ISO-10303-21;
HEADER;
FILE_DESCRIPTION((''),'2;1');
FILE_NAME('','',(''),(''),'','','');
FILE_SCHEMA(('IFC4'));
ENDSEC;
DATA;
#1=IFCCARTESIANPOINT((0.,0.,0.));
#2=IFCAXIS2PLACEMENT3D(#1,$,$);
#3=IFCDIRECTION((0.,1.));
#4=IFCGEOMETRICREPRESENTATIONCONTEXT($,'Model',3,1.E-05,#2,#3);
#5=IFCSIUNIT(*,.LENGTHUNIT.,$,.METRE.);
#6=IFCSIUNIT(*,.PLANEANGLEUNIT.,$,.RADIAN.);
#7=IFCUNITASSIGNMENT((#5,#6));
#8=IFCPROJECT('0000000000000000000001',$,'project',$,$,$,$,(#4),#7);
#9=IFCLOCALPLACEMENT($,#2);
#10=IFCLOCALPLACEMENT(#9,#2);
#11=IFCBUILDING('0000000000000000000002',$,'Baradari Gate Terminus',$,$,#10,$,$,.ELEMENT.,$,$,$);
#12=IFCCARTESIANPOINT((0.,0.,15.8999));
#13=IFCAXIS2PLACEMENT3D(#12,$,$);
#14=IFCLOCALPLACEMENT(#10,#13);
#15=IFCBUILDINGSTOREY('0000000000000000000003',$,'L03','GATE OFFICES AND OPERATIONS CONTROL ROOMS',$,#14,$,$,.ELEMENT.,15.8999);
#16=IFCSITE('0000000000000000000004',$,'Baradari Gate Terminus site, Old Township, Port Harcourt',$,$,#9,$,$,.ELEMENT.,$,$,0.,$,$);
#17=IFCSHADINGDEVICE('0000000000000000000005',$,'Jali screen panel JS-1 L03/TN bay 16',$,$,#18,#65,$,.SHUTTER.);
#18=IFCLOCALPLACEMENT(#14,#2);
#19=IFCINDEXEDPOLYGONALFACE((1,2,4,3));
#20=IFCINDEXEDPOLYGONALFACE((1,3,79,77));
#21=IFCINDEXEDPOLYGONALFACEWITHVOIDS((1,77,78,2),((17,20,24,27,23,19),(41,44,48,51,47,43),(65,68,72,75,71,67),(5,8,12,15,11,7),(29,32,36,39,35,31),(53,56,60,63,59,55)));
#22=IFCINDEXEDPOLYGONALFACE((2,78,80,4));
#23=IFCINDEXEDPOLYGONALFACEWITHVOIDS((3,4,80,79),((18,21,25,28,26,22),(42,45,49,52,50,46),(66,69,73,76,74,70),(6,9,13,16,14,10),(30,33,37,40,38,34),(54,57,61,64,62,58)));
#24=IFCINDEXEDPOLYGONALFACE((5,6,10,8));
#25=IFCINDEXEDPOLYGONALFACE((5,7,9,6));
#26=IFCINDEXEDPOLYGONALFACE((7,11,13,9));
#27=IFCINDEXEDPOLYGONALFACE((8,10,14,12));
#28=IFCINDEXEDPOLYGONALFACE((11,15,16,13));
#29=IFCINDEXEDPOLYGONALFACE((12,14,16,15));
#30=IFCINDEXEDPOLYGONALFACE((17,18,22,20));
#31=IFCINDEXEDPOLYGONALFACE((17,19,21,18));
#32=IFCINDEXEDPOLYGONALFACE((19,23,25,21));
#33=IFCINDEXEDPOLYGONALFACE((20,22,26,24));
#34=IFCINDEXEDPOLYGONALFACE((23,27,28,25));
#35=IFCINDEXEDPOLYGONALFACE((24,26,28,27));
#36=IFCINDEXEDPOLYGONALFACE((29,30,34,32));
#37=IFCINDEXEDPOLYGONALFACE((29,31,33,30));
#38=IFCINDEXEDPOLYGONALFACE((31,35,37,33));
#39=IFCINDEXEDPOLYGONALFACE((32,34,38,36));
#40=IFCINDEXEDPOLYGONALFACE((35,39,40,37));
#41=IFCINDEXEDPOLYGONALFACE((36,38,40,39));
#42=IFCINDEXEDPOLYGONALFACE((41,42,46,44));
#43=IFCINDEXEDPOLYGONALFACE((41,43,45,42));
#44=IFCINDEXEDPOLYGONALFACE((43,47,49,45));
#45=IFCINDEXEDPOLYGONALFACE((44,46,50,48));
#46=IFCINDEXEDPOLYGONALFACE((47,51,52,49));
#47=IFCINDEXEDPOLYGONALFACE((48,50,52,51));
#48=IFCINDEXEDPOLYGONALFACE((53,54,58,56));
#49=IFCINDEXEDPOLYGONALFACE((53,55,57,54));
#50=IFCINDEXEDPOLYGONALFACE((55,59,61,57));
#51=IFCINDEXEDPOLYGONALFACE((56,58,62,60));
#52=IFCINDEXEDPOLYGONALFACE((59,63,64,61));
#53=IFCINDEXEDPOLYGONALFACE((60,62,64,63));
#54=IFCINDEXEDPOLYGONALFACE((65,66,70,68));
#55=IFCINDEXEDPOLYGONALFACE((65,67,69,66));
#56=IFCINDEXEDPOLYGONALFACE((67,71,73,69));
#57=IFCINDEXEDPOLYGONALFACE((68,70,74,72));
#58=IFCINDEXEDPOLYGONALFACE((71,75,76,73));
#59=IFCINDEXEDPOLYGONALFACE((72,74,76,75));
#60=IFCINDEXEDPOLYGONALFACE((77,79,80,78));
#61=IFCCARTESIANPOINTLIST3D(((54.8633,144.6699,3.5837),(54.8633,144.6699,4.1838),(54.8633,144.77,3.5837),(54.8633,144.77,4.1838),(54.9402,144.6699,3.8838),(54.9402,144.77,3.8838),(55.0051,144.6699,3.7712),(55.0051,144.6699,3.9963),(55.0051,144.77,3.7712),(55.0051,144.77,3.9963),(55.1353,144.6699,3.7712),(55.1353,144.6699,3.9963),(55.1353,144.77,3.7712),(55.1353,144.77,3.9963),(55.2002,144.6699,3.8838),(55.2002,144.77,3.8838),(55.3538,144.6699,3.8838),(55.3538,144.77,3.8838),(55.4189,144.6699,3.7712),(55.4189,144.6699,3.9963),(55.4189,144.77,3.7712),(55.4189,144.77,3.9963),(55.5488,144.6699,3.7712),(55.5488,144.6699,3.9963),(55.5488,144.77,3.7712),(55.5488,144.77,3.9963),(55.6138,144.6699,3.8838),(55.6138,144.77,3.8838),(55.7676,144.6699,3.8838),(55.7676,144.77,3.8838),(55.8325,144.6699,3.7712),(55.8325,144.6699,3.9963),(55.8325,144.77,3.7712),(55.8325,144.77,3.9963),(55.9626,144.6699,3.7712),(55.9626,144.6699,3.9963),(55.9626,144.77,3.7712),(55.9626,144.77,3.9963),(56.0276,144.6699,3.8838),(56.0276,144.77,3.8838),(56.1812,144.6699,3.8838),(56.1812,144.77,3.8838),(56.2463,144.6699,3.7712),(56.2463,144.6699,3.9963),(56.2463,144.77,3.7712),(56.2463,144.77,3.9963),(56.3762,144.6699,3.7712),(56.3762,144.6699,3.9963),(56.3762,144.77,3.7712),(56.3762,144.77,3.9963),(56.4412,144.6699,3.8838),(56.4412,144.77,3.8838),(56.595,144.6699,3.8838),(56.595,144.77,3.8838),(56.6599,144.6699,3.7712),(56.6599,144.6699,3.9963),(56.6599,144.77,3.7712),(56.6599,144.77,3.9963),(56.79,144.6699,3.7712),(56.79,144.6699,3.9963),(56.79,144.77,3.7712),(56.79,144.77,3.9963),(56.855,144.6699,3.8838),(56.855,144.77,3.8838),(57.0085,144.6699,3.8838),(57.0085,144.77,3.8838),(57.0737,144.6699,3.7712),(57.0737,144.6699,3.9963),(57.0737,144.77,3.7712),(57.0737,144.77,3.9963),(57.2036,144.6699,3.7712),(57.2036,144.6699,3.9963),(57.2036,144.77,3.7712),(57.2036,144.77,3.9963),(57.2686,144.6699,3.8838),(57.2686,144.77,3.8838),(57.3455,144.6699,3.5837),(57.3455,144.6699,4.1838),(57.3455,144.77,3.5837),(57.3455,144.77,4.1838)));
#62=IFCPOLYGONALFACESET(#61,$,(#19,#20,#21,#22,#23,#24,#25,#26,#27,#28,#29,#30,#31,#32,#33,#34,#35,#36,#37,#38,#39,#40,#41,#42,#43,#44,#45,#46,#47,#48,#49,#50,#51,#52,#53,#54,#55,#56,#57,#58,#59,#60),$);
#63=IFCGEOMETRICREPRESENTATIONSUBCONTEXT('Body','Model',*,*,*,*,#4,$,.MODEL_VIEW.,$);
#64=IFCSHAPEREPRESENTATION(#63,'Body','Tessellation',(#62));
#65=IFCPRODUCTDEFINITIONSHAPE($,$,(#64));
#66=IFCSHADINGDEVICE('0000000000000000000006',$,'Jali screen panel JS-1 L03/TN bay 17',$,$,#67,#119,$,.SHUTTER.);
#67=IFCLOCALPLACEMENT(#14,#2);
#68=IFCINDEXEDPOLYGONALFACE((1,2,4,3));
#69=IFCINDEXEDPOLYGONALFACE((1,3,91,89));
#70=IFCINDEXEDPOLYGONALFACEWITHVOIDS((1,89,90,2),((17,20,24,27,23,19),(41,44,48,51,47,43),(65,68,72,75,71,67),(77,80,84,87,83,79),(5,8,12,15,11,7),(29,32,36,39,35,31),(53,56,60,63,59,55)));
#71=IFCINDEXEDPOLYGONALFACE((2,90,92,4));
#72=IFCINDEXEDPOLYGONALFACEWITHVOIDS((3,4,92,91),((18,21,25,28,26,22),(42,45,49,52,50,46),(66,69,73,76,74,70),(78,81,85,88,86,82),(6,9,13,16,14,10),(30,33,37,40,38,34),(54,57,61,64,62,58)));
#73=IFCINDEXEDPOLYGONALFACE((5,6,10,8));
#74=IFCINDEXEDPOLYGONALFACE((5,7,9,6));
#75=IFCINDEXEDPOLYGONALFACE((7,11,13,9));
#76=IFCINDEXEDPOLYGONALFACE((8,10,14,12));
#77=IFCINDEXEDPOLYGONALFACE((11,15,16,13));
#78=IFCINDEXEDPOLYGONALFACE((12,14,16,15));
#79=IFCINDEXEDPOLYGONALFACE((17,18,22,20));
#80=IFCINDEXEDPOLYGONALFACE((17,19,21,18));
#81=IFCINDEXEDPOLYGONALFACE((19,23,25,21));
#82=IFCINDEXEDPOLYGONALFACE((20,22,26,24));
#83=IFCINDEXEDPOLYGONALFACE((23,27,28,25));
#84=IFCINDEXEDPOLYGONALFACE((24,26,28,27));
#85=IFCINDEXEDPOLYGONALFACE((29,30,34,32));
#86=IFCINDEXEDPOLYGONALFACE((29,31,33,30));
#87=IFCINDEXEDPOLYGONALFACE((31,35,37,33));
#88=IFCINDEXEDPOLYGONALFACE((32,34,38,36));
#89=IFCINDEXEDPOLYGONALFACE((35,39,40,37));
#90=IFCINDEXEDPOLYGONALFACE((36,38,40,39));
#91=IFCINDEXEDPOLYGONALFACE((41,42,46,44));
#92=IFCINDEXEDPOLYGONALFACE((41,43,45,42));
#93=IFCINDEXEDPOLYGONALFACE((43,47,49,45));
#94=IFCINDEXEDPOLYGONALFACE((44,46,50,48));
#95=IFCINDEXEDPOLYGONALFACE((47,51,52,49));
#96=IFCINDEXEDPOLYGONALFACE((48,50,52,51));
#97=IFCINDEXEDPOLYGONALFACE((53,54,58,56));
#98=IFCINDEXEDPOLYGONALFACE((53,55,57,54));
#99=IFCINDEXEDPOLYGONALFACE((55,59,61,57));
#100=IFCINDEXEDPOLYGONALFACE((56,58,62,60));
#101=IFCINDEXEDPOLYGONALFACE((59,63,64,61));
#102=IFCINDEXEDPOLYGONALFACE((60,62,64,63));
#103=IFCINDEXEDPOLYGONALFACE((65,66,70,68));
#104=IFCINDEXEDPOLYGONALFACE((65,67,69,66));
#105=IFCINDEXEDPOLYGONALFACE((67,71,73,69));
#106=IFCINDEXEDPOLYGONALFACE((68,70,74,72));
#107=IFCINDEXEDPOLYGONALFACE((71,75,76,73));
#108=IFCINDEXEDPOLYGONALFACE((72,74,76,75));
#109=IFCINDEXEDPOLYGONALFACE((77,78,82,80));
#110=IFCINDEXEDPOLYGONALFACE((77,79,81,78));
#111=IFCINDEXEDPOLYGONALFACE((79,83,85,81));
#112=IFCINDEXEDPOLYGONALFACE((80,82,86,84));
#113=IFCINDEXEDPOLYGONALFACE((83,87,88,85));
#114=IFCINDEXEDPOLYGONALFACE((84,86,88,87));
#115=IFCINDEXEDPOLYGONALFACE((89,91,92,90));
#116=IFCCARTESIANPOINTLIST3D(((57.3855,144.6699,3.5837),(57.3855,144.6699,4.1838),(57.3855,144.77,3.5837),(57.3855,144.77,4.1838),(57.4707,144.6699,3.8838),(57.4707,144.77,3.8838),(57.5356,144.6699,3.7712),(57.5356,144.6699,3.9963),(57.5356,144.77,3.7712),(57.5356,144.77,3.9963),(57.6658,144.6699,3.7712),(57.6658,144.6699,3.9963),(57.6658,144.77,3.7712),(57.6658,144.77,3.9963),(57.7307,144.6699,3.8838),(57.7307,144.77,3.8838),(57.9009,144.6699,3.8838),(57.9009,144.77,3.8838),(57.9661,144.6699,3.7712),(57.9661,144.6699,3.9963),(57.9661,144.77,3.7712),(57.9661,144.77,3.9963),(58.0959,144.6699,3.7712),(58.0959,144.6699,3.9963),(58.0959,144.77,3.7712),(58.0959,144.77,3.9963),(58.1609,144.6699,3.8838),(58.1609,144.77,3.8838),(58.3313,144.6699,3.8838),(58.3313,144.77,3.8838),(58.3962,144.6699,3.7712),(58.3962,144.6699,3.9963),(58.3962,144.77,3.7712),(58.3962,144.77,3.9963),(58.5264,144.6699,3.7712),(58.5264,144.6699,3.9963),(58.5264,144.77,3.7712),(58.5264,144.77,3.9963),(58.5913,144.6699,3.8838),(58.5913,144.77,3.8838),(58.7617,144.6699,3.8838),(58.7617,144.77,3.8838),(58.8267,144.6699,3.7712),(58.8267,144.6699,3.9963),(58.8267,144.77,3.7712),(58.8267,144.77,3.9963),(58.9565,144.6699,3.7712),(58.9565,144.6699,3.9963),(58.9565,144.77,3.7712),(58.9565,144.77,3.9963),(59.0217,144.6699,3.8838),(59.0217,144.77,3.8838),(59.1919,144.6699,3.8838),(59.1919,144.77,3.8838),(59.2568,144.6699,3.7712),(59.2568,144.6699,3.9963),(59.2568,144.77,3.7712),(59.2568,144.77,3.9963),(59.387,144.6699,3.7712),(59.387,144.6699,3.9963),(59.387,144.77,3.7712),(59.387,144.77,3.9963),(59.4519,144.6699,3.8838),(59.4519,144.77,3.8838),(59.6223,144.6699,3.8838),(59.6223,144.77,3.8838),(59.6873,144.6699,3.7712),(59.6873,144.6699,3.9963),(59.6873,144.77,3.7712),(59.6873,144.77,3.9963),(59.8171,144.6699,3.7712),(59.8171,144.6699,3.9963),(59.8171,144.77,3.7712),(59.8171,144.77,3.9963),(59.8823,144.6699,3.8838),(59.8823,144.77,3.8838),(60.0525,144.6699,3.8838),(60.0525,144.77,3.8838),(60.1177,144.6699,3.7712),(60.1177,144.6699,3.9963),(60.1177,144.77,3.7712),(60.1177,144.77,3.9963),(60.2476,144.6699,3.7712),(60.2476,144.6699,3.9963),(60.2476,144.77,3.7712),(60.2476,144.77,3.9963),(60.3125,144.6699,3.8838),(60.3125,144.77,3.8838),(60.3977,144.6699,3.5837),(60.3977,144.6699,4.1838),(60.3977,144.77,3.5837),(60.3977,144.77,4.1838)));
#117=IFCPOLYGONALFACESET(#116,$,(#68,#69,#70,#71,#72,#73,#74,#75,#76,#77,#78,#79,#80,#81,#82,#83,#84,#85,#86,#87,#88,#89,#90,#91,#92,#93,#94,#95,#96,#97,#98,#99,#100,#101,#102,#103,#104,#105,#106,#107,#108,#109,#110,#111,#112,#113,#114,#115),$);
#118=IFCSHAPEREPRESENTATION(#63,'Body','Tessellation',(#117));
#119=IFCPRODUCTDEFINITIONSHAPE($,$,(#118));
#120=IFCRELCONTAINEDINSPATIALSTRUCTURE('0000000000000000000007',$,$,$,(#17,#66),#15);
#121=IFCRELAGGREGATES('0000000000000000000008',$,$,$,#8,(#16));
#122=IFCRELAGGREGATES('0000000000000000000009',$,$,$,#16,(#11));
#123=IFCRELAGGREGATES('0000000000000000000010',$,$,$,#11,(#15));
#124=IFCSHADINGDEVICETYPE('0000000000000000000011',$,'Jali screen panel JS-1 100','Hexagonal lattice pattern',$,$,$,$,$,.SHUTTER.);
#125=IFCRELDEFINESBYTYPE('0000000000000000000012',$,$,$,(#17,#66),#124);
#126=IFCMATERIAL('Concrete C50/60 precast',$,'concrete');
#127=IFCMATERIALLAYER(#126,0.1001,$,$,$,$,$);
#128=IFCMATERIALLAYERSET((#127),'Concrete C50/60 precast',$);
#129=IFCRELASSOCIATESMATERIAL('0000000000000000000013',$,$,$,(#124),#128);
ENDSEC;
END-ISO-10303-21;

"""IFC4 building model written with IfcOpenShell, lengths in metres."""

from ifc_helpers import new_model, si_unit, direction, frame, origin, place, context, subcontext, project, spatial, polyline, outline, extrude, material, layer, layer_set, type_object, element, save


model = new_model("IFC4")

# Units and contexts
model_context = context("Model", 3, precision=1e-05, world=origin(), true_north=direction((0.0, 1.0)))
body_context = subcontext(model_context, "Body", "Model", "MODEL_VIEW")
ifc_project = project(units=[si_unit("LENGTHUNIT", "METRE"), si_unit("PLANEANGLEUNIT", "RADIAN")], contexts=[model_context])

# Site, building, storey
site_placement = place(None, origin())
site = spatial("IfcSite", under=ifc_project, at=site_placement, Name="Baradari Gate Terminus site, Old Township, Port Harcourt", CompositionType="ELEMENT", RefElevation=0.0)
building_placement = place(site_placement, origin())
building = spatial("IfcBuilding", under=site, at=building_placement, Name="Baradari Gate Terminus", CompositionType="ELEMENT")
storey_placement = place(building_placement, frame((0.0, 0.0, 15.8999)))
storey = spatial("IfcBuildingStorey", under=building, at=storey_placement, Name="L03", Description="GATE OFFICES AND OPERATIONS CONTROL ROOMS", CompositionType="ELEMENT", Elevation=15.8999)

# Shading devices
ifc_material_1 = material(Name="Concrete C50/60 precast", Category="concrete")
ifc_layer_1 = layer(ifc_material_1, 0.1001)
ifc_layer_set_1 = layer_set([ifc_layer_1], Name="Concrete C50/60 precast")
shading_device_type_1 = type_object("IfcShadingDeviceType", Name="Jali screen panel JS-1 100", Description="Hexagonal lattice pattern", PredefinedType="SHUTTER", material=ifc_layer_set_1)
shading_device_1_placement = place(storey_placement, frame((54.8633, 144.72, 3.5837), z_axis=(0.0, 0.0, 1.0), x_axis=(1.0, 0.0, 0.0)))
element("IfcShadingDevice", 1, at=shading_device_1_placement, inside=storey, type_object=shading_device_type_1, Name="Jali screen panel JS-1 L03/TN bay 16", PredefinedType="SHUTTER", context=body_context, shape_type="SweptSolid", body=[
    extrude(outline(polyline([(0.0, 0.0), (2.4822, 0.0), (2.4822, 0.6001), (0.0, 0.6001), (0.0, 0.0)]), holes=[polyline([(0.3369, 0.3), (0.272, 0.1875), (0.1418, 0.1875), (0.0769, 0.3), (0.1418, 0.4126), (0.272, 0.4126), (0.3369, 0.3)]), polyline([(0.7505, 0.3), (0.6855, 0.1875), (0.5557, 0.1875), (0.4905, 0.3), (0.5557, 0.4126), (0.6855, 0.4126), (0.7505, 0.3)]), polyline([(1.1643, 0.3), (1.0994, 0.1875), (0.9692, 0.1875), (0.9043, 0.3), (0.9692, 0.4126), (1.0994, 0.4126), (1.1643, 0.3)]), polyline([(1.5779, 0.3), (1.5129, 0.1875), (1.3831, 0.1875), (1.3179, 0.3), (1.3831, 0.4126), (1.5129, 0.4126), (1.5779, 0.3)]), polyline([(1.9917, 0.3), (1.9268, 0.1875), (1.7966, 0.1875), (1.7317, 0.3), (1.7966, 0.4126), (1.9268, 0.4126), (1.9917, 0.3)]), polyline([(2.4053, 0.3), (2.3403, 0.1875), (2.2104, 0.1875), (2.1453, 0.3), (2.2104, 0.4126), (2.3403, 0.4126), (2.4053, 0.3)])]), frame((0.0, 0.05, 0.0), z_axis=(0.0, -1.0, 0.0), x_axis=(1.0, 0.0, 0.0)), (0.0, 0.0, 1.0), 0.1001),
])
shading_device_2_placement = place(storey_placement, frame((57.3855, 144.72, 3.5837), z_axis=(0.0, 0.0, 1.0), x_axis=(1.0, 0.0, 0.0)))
element("IfcShadingDevice", 2, at=shading_device_2_placement, inside=storey, type_object=shading_device_type_1, Name="Jali screen panel JS-1 L03/TN bay 17", PredefinedType="SHUTTER", context=body_context, shape_type="SweptSolid", body=[
    extrude(outline(polyline([(0.0, 0.0), (3.0122, 0.0), (3.0122, 0.6001), (0.0, 0.6001), (0.0, 0.0)]), holes=[polyline([(0.3452, 0.3), (0.2803, 0.1875), (0.1501, 0.1875), (0.0852, 0.3), (0.1501, 0.4126), (0.2803, 0.4126), (0.3452, 0.3)]), polyline([(0.7754, 0.3), (0.7104, 0.1875), (0.5806, 0.1875), (0.5154, 0.3), (0.5806, 0.4126), (0.7104, 0.4126), (0.7754, 0.3)]), polyline([(1.2058, 0.3), (1.1409, 0.1875), (1.0107, 0.1875), (0.9458, 0.3), (1.0107, 0.4126), (1.1409, 0.4126), (1.2058, 0.3)]), polyline([(1.6362, 0.3), (1.571, 0.1875), (1.4412, 0.1875), (1.3762, 0.3), (1.4412, 0.4126), (1.571, 0.4126), (1.6362, 0.3)]), polyline([(2.0664, 0.3), (2.0015, 0.1875), (1.8713, 0.1875), (1.8064, 0.3), (1.8713, 0.4126), (2.0015, 0.4126), (2.0664, 0.3)]), polyline([(2.4968, 0.3), (2.4316, 0.1875), (2.3018, 0.1875), (2.2368, 0.3), (2.3018, 0.4126), (2.4316, 0.4126), (2.4968, 0.3)]), polyline([(2.927, 0.3), (2.8621, 0.1875), (2.7322, 0.1875), (2.667, 0.3), (2.7322, 0.4126), (2.8621, 0.4126), (2.927, 0.3)])]), frame((0.0, 0.05, 0.0), z_axis=(0.0, -1.0, 0.0), x_axis=(1.0, 0.0, 0.0)), (0.0, 0.0, 1.0), 0.1001),
])

save(model, "model.ifc")
